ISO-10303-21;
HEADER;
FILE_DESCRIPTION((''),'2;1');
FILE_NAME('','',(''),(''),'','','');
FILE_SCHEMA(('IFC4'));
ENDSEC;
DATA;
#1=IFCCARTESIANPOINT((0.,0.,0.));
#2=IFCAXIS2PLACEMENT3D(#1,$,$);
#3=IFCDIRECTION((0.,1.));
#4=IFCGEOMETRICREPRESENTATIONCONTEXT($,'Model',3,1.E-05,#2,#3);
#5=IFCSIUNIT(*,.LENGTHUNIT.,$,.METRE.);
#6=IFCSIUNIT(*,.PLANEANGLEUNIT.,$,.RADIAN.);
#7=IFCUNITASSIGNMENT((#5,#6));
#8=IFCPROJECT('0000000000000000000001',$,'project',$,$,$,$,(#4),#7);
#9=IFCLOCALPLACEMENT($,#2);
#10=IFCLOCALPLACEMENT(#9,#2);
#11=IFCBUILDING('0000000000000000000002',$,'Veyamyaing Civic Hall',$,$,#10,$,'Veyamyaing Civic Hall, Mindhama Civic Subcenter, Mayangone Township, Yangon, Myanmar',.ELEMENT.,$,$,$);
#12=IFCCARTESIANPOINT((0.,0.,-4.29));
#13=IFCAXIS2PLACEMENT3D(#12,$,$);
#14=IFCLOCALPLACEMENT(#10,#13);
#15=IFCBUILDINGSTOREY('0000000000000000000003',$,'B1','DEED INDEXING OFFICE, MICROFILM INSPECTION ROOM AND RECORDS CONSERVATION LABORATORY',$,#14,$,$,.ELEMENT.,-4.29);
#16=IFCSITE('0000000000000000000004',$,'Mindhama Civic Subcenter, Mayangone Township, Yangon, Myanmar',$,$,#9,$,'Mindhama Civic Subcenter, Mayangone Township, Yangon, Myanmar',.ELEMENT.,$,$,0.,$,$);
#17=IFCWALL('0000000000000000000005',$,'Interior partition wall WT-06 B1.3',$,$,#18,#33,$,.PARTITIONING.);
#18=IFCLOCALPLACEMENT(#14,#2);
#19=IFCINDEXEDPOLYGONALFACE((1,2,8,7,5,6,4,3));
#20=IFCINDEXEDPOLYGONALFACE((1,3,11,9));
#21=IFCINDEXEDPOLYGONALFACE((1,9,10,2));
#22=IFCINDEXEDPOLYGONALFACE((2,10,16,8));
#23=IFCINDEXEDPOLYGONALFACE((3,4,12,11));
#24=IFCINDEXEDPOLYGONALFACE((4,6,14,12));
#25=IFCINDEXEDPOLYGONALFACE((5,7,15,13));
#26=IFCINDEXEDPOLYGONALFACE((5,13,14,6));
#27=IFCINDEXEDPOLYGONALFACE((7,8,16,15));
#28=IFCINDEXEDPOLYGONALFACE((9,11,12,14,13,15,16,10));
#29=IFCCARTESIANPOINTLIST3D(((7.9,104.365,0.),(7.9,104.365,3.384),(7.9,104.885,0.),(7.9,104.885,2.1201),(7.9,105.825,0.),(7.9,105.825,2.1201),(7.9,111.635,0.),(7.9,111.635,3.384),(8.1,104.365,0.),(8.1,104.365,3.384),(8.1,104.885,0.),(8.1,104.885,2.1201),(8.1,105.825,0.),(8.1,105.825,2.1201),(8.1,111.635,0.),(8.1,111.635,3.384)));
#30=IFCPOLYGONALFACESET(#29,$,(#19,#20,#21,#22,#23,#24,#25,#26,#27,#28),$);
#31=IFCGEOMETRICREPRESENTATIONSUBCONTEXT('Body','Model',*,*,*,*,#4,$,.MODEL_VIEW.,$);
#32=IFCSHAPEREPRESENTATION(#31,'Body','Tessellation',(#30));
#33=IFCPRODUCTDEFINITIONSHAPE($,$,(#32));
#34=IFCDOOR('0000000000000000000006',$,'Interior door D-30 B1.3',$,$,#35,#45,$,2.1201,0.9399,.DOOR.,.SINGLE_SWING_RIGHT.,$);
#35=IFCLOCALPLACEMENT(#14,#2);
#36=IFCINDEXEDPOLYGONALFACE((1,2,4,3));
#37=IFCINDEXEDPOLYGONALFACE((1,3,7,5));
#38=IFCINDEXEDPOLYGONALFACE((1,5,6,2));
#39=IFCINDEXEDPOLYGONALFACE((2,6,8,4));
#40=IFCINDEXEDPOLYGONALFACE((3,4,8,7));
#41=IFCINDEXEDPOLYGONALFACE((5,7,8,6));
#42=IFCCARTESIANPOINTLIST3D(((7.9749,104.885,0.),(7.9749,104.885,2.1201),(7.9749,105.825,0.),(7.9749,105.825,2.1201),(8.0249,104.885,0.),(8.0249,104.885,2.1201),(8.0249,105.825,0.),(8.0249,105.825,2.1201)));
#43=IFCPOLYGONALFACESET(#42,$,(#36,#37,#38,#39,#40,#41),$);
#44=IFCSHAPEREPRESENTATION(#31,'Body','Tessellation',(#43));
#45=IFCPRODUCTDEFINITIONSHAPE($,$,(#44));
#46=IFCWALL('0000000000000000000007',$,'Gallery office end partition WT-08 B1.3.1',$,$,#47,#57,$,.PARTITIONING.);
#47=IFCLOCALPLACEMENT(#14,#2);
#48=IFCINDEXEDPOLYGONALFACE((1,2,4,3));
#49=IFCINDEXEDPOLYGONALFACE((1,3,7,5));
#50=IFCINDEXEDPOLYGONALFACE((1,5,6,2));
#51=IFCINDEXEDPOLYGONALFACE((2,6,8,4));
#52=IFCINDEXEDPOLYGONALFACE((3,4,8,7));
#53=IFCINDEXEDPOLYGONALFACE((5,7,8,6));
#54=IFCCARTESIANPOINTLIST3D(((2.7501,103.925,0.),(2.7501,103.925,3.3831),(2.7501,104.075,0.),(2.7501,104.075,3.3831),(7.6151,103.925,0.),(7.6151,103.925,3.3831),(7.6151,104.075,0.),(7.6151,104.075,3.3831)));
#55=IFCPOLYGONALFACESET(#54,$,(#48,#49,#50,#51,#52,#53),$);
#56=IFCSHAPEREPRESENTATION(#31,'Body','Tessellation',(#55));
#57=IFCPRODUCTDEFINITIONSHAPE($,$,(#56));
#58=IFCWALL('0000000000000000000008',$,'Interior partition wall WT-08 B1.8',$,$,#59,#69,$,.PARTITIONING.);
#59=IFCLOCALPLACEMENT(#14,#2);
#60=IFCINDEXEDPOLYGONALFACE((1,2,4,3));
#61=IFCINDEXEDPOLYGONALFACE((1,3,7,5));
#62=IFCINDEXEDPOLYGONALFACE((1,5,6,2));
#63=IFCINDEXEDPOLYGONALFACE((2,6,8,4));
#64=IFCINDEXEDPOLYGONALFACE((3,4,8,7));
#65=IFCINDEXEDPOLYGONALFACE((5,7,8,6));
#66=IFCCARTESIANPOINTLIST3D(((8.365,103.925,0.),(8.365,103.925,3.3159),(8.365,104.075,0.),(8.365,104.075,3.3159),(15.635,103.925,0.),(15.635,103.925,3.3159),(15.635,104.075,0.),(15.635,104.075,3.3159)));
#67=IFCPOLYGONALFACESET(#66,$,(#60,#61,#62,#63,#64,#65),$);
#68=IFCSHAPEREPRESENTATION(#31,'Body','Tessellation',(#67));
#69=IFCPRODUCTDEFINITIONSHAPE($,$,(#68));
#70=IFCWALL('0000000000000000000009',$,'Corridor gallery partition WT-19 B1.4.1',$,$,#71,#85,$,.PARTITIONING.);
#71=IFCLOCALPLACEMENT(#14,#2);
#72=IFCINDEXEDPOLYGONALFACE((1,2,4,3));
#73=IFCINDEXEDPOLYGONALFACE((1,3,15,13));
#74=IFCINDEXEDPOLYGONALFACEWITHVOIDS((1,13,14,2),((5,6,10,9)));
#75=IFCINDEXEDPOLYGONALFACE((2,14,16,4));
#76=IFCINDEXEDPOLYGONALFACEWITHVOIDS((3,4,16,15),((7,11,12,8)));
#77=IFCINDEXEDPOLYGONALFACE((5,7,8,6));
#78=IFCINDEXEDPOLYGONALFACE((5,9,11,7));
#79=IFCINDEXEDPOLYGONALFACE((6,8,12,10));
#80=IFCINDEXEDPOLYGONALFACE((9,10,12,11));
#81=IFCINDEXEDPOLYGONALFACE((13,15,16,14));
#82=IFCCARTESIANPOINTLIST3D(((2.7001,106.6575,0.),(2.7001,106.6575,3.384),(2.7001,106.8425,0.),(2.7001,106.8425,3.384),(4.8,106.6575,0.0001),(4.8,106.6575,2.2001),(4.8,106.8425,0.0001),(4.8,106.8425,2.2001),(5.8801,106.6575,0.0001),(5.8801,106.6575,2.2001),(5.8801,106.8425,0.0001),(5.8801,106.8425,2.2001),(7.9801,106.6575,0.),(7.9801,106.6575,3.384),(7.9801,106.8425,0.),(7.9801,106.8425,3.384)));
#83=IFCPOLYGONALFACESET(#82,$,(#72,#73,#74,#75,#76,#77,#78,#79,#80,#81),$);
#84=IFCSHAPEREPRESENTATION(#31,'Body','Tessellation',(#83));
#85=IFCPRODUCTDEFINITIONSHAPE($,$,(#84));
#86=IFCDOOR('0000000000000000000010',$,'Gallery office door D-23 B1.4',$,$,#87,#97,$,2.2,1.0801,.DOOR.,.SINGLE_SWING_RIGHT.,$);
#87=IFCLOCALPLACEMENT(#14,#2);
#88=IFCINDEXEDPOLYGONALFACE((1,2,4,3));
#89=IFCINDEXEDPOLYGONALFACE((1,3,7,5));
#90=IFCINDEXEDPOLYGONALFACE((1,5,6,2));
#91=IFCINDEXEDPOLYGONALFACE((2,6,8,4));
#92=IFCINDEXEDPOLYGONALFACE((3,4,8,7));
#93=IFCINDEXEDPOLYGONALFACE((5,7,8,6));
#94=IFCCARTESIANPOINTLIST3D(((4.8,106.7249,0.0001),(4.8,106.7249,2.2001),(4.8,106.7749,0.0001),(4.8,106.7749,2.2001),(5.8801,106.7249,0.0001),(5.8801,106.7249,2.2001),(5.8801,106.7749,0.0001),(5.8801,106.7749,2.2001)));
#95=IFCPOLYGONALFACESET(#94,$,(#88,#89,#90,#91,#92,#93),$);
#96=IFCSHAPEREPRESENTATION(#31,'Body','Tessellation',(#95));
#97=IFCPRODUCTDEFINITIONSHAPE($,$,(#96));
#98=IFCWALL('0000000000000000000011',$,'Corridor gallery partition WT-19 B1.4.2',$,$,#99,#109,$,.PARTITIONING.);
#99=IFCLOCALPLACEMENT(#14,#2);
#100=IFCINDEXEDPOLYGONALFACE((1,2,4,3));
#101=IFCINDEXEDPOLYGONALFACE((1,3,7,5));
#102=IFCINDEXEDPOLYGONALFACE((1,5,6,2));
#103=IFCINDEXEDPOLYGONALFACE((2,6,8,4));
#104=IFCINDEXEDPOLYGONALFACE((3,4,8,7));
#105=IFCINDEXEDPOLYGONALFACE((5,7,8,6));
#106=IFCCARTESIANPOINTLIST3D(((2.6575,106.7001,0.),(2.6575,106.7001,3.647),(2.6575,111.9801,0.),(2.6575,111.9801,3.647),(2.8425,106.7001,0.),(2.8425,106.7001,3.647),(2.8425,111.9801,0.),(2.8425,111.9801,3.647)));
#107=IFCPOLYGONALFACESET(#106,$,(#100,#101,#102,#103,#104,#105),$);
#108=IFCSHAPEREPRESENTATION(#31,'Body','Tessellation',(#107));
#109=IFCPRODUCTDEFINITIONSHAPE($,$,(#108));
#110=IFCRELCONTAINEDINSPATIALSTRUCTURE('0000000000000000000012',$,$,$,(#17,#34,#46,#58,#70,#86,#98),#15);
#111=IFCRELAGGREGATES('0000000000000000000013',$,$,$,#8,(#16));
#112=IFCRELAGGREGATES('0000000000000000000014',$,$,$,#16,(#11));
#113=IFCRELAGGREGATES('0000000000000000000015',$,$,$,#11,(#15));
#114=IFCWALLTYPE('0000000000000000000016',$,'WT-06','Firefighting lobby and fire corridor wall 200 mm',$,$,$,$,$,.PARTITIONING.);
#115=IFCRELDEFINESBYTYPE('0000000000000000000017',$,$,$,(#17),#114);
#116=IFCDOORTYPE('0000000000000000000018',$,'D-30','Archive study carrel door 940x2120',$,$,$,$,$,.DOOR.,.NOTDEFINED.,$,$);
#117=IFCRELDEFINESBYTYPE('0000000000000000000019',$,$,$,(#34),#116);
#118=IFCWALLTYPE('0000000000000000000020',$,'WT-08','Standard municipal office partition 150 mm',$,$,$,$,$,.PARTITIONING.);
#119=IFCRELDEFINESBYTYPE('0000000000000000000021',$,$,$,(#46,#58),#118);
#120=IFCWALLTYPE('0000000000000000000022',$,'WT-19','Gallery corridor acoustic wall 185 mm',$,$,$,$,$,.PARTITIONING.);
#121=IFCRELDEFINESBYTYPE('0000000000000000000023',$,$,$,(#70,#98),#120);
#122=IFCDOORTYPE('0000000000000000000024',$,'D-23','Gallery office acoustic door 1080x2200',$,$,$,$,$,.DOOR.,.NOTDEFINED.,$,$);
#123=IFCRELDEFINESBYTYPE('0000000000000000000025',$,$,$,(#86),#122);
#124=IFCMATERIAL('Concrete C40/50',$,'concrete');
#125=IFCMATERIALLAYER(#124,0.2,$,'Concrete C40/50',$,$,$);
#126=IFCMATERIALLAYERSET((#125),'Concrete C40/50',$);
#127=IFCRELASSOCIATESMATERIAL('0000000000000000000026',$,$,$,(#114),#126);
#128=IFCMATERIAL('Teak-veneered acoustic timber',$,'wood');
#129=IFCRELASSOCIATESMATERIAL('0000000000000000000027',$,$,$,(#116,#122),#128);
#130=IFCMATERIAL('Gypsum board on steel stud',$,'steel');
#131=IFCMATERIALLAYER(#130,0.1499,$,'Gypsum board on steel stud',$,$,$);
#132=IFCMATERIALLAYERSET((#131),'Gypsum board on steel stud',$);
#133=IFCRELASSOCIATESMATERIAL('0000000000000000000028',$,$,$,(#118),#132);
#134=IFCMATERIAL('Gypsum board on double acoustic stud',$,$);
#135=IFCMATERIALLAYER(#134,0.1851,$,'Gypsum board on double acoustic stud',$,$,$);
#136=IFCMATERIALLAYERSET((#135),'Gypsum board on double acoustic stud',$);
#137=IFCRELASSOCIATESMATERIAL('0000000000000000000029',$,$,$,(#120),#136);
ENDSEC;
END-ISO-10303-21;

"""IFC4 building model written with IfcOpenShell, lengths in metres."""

from ifc_helpers import new_model, si_unit, direction, frame, frame_2d, origin, place, context, subcontext, project, spatial, rectangle, extrude, material, layer, layer_set, type_object, element, fill, save


model = new_model("IFC4")

# Units and contexts
model_context = context("Model", 3, precision=1e-05, world=origin(), true_north=direction((0.0, 1.0)))
body_context = subcontext(model_context, "Body", "Model", "MODEL_VIEW")
ifc_project = project(units=[si_unit("LENGTHUNIT", "METRE"), si_unit("PLANEANGLEUNIT", "RADIAN")], contexts=[model_context])

# Site, building, storey
site_placement = place(None, origin())
site = spatial("IfcSite", under=ifc_project, at=site_placement, Name="Mindhama Civic Subcenter, Mayangone Township, Yangon, Myanmar", LongName="Mindhama Civic Subcenter, Mayangone Township, Yangon, Myanmar", CompositionType="ELEMENT", RefElevation=0.0)
building_placement = place(site_placement, origin())
building = spatial("IfcBuilding", under=site, at=building_placement, Name="Veyamyaing Civic Hall", LongName="Veyamyaing Civic Hall, Mindhama Civic Subcenter, Mayangone Township, Yangon, Myanmar", CompositionType="ELEMENT")
storey_placement = place(building_placement, frame((0.0, 0.0, -4.29)))
storey = spatial("IfcBuildingStorey", under=building, at=storey_placement, Name="B1", Description="DEED INDEXING OFFICE, MICROFILM INSPECTION ROOM AND RECORDS CONSERVATION LABORATORY", CompositionType="ELEMENT", Elevation=-4.29)

# Shared definitions
ifc_material_1 = material(Name="Concrete C40/50", Category="concrete")

# Wall, opening, door
ifc_layer_1 = layer(ifc_material_1, 0.2, Name="Concrete C40/50")
ifc_layer_set_1 = layer_set([ifc_layer_1], Name="Concrete C40/50")
wall_type_1 = type_object("IfcWallType", Name="WT-06", Description="Firefighting lobby and fire corridor wall 200 mm", PredefinedType="PARTITIONING", material=ifc_layer_set_1)
wall_1_placement = place(storey_placement, frame((8.0, 104.365, 0.0), z_axis=(0.0, 0.0, 1.0), x_axis=(0.0, 1.0, 0.0)))
wall_1 = element("IfcWall", 1, at=wall_1_placement, inside=storey, type_object=wall_type_1, Name="Interior partition wall WT-06 B1.3", PredefinedType="PARTITIONING", context=body_context, shape_type="SweptSolid", body=[
    extrude(rectangle(XDim=7.27, YDim=0.2, at=frame_2d((3.635, 0.0))), origin(), (0.0, 0.0, 1.0), 3.384),
])
opening_1_placement = place(wall_1_placement, frame((0.52, 0.0, 0.0)))
opening_1 = element("IfcOpeningElement", 2, at=opening_1_placement, cuts=wall_1, PredefinedType="OPENING", context=body_context, shape_type="SweptSolid", body=[
    extrude(rectangle(XDim=0.9399, YDim=2.1201, at=frame_2d((0.47, 1.0601))), frame((0.0, 0.1099, 0.0), z_axis=(0.0, -1.0, 0.0), x_axis=(1.0, 0.0, 0.0)), (0.0, 0.0, 1.0), 0.22),
])
ifc_material_2 = material(Name="Teak-veneered acoustic timber", Category="wood")
door_type_1 = type_object("IfcDoorType", Name="D-30", Description="Archive study carrel door 940x2120", OperationType="NOTDEFINED", PredefinedType="DOOR", material=ifc_material_2)
door_1_placement = place(opening_1_placement, frame((0.9399, 0.0, 0.0), z_axis=(0.0, 0.0, 1.0), x_axis=(-1.0, 0.0, 0.0)))
door_1 = element("IfcDoor", 3, at=door_1_placement, inside=storey, type_object=door_type_1, Name="Interior door D-30 B1.3", OperationType="SINGLE_SWING_RIGHT", OverallHeight=2.1201, OverallWidth=0.9399, PredefinedType="DOOR", context=body_context, shape_type="SweptSolid", body=[
    extrude(rectangle(XDim=0.9399, YDim=2.1201, at=frame_2d((0.47, 1.0601))), frame((0.0, 0.0249, 0.0), z_axis=(0.0, -1.0, 0.0), x_axis=(1.0, 0.0, 0.0)), (0.0, 0.0, 1.0), 0.05),
])
fill(opening_1, door_1)

# Walls
ifc_material_3 = material(Name="Gypsum board on steel stud", Category="steel")
ifc_layer_2 = layer(ifc_material_3, 0.1499, Name="Gypsum board on steel stud")
ifc_layer_set_2 = layer_set([ifc_layer_2], Name="Gypsum board on steel stud")
wall_type_2 = type_object("IfcWallType", Name="WT-08", Description="Standard municipal office partition 150 mm", PredefinedType="PARTITIONING", material=ifc_layer_set_2)
wall_2_placement = place(storey_placement, frame((2.75, 104.0, 0.0), z_axis=(0.0, 0.0, 1.0), x_axis=(1.0, 0.0, 0.0)))
element("IfcWall", 4, at=wall_2_placement, inside=storey, type_object=wall_type_2, Name="Gallery office end partition WT-08 B1.3.1", PredefinedType="PARTITIONING", context=body_context, shape_type="SweptSolid", body=[
    extrude(rectangle(XDim=4.865, YDim=0.1499, at=frame_2d((2.4326, 0.0))), origin(), (0.0, 0.0, 1.0), 3.3831),
])
wall_3_placement = place(storey_placement, frame((8.365, 104.0, 0.0), z_axis=(0.0, 0.0, 1.0), x_axis=(1.0, 0.0, 0.0)))
element("IfcWall", 5, at=wall_3_placement, inside=storey, type_object=wall_type_2, Name="Interior partition wall WT-08 B1.8", PredefinedType="PARTITIONING", context=body_context, shape_type="SweptSolid", body=[
    extrude(rectangle(XDim=7.27, YDim=0.1499, at=frame_2d((3.635, 0.0))), origin(), (0.0, 0.0, 1.0), 3.3159),
])

# Wall, opening, door
ifc_material_4 = material(Name="Gypsum board on double acoustic stud")
ifc_layer_3 = layer(ifc_material_4, 0.1851, Name="Gypsum board on double acoustic stud")
ifc_layer_set_3 = layer_set([ifc_layer_3], Name="Gypsum board on double acoustic stud")
wall_type_3 = type_object("IfcWallType", Name="WT-19", Description="Gallery corridor acoustic wall 185 mm", PredefinedType="PARTITIONING", material=ifc_layer_set_3)
wall_4_placement = place(storey_placement, frame((2.7, 106.75, 0.0), z_axis=(0.0, 0.0, 1.0), x_axis=(1.0, 0.0, 0.0)))
wall_4 = element("IfcWall", 6, at=wall_4_placement, inside=storey, type_object=wall_type_3, Name="Corridor gallery partition WT-19 B1.4.1", PredefinedType="PARTITIONING", context=body_context, shape_type="SweptSolid", body=[
    extrude(rectangle(XDim=5.28, YDim=0.1851, at=frame_2d((2.6401, 0.0))), origin(), (0.0, 0.0, 1.0), 3.384),
])
opening_2_placement = place(wall_4_placement, frame((2.1001, 0.0, 0.0)))
opening_2 = element("IfcOpeningElement", 7, at=opening_2_placement, cuts=wall_4, PredefinedType="OPENING", context=body_context, shape_type="SweptSolid", body=[
    extrude(rectangle(XDim=1.0801, YDim=2.2, at=frame_2d((0.54, 1.1001))), frame((0.0, 0.1025, 0.0), z_axis=(0.0, -1.0, 0.0), x_axis=(1.0, 0.0, 0.0)), (0.0, 0.0, 1.0), 0.2051),
])
door_type_2 = type_object("IfcDoorType", Name="D-23", Description="Gallery office acoustic door 1080x2200", OperationType="NOTDEFINED", PredefinedType="DOOR", material=ifc_material_2)
door_2_placement = place(opening_2_placement, origin())
door_2 = element("IfcDoor", 8, at=door_2_placement, inside=storey, type_object=door_type_2, Name="Gallery office door D-23 B1.4", OperationType="SINGLE_SWING_RIGHT", OverallHeight=2.2, OverallWidth=1.0801, PredefinedType="DOOR", context=body_context, shape_type="SweptSolid", body=[
    extrude(rectangle(XDim=1.0801, YDim=2.2, at=frame_2d((0.54, 1.1001))), frame((0.0, 0.0249, 0.0), z_axis=(0.0, -1.0, 0.0), x_axis=(1.0, 0.0, 0.0)), (0.0, 0.0, 1.0), 0.05),
])
fill(opening_2, door_2)

# Wall
wall_5_placement = place(storey_placement, frame((2.75, 106.7, 0.0), z_axis=(0.0, 0.0, 1.0), x_axis=(0.0, 1.0, 0.0)))
element("IfcWall", 9, at=wall_5_placement, inside=storey, type_object=wall_type_3, Name="Corridor gallery partition WT-19 B1.4.2", PredefinedType="PARTITIONING", context=body_context, shape_type="SweptSolid", body=[
    extrude(rectangle(XDim=5.28, YDim=0.1851, at=frame_2d((2.6401, 0.0))), origin(), (0.0, 0.0, 1.0), 3.647),
])

save(model, "model.ifc")
